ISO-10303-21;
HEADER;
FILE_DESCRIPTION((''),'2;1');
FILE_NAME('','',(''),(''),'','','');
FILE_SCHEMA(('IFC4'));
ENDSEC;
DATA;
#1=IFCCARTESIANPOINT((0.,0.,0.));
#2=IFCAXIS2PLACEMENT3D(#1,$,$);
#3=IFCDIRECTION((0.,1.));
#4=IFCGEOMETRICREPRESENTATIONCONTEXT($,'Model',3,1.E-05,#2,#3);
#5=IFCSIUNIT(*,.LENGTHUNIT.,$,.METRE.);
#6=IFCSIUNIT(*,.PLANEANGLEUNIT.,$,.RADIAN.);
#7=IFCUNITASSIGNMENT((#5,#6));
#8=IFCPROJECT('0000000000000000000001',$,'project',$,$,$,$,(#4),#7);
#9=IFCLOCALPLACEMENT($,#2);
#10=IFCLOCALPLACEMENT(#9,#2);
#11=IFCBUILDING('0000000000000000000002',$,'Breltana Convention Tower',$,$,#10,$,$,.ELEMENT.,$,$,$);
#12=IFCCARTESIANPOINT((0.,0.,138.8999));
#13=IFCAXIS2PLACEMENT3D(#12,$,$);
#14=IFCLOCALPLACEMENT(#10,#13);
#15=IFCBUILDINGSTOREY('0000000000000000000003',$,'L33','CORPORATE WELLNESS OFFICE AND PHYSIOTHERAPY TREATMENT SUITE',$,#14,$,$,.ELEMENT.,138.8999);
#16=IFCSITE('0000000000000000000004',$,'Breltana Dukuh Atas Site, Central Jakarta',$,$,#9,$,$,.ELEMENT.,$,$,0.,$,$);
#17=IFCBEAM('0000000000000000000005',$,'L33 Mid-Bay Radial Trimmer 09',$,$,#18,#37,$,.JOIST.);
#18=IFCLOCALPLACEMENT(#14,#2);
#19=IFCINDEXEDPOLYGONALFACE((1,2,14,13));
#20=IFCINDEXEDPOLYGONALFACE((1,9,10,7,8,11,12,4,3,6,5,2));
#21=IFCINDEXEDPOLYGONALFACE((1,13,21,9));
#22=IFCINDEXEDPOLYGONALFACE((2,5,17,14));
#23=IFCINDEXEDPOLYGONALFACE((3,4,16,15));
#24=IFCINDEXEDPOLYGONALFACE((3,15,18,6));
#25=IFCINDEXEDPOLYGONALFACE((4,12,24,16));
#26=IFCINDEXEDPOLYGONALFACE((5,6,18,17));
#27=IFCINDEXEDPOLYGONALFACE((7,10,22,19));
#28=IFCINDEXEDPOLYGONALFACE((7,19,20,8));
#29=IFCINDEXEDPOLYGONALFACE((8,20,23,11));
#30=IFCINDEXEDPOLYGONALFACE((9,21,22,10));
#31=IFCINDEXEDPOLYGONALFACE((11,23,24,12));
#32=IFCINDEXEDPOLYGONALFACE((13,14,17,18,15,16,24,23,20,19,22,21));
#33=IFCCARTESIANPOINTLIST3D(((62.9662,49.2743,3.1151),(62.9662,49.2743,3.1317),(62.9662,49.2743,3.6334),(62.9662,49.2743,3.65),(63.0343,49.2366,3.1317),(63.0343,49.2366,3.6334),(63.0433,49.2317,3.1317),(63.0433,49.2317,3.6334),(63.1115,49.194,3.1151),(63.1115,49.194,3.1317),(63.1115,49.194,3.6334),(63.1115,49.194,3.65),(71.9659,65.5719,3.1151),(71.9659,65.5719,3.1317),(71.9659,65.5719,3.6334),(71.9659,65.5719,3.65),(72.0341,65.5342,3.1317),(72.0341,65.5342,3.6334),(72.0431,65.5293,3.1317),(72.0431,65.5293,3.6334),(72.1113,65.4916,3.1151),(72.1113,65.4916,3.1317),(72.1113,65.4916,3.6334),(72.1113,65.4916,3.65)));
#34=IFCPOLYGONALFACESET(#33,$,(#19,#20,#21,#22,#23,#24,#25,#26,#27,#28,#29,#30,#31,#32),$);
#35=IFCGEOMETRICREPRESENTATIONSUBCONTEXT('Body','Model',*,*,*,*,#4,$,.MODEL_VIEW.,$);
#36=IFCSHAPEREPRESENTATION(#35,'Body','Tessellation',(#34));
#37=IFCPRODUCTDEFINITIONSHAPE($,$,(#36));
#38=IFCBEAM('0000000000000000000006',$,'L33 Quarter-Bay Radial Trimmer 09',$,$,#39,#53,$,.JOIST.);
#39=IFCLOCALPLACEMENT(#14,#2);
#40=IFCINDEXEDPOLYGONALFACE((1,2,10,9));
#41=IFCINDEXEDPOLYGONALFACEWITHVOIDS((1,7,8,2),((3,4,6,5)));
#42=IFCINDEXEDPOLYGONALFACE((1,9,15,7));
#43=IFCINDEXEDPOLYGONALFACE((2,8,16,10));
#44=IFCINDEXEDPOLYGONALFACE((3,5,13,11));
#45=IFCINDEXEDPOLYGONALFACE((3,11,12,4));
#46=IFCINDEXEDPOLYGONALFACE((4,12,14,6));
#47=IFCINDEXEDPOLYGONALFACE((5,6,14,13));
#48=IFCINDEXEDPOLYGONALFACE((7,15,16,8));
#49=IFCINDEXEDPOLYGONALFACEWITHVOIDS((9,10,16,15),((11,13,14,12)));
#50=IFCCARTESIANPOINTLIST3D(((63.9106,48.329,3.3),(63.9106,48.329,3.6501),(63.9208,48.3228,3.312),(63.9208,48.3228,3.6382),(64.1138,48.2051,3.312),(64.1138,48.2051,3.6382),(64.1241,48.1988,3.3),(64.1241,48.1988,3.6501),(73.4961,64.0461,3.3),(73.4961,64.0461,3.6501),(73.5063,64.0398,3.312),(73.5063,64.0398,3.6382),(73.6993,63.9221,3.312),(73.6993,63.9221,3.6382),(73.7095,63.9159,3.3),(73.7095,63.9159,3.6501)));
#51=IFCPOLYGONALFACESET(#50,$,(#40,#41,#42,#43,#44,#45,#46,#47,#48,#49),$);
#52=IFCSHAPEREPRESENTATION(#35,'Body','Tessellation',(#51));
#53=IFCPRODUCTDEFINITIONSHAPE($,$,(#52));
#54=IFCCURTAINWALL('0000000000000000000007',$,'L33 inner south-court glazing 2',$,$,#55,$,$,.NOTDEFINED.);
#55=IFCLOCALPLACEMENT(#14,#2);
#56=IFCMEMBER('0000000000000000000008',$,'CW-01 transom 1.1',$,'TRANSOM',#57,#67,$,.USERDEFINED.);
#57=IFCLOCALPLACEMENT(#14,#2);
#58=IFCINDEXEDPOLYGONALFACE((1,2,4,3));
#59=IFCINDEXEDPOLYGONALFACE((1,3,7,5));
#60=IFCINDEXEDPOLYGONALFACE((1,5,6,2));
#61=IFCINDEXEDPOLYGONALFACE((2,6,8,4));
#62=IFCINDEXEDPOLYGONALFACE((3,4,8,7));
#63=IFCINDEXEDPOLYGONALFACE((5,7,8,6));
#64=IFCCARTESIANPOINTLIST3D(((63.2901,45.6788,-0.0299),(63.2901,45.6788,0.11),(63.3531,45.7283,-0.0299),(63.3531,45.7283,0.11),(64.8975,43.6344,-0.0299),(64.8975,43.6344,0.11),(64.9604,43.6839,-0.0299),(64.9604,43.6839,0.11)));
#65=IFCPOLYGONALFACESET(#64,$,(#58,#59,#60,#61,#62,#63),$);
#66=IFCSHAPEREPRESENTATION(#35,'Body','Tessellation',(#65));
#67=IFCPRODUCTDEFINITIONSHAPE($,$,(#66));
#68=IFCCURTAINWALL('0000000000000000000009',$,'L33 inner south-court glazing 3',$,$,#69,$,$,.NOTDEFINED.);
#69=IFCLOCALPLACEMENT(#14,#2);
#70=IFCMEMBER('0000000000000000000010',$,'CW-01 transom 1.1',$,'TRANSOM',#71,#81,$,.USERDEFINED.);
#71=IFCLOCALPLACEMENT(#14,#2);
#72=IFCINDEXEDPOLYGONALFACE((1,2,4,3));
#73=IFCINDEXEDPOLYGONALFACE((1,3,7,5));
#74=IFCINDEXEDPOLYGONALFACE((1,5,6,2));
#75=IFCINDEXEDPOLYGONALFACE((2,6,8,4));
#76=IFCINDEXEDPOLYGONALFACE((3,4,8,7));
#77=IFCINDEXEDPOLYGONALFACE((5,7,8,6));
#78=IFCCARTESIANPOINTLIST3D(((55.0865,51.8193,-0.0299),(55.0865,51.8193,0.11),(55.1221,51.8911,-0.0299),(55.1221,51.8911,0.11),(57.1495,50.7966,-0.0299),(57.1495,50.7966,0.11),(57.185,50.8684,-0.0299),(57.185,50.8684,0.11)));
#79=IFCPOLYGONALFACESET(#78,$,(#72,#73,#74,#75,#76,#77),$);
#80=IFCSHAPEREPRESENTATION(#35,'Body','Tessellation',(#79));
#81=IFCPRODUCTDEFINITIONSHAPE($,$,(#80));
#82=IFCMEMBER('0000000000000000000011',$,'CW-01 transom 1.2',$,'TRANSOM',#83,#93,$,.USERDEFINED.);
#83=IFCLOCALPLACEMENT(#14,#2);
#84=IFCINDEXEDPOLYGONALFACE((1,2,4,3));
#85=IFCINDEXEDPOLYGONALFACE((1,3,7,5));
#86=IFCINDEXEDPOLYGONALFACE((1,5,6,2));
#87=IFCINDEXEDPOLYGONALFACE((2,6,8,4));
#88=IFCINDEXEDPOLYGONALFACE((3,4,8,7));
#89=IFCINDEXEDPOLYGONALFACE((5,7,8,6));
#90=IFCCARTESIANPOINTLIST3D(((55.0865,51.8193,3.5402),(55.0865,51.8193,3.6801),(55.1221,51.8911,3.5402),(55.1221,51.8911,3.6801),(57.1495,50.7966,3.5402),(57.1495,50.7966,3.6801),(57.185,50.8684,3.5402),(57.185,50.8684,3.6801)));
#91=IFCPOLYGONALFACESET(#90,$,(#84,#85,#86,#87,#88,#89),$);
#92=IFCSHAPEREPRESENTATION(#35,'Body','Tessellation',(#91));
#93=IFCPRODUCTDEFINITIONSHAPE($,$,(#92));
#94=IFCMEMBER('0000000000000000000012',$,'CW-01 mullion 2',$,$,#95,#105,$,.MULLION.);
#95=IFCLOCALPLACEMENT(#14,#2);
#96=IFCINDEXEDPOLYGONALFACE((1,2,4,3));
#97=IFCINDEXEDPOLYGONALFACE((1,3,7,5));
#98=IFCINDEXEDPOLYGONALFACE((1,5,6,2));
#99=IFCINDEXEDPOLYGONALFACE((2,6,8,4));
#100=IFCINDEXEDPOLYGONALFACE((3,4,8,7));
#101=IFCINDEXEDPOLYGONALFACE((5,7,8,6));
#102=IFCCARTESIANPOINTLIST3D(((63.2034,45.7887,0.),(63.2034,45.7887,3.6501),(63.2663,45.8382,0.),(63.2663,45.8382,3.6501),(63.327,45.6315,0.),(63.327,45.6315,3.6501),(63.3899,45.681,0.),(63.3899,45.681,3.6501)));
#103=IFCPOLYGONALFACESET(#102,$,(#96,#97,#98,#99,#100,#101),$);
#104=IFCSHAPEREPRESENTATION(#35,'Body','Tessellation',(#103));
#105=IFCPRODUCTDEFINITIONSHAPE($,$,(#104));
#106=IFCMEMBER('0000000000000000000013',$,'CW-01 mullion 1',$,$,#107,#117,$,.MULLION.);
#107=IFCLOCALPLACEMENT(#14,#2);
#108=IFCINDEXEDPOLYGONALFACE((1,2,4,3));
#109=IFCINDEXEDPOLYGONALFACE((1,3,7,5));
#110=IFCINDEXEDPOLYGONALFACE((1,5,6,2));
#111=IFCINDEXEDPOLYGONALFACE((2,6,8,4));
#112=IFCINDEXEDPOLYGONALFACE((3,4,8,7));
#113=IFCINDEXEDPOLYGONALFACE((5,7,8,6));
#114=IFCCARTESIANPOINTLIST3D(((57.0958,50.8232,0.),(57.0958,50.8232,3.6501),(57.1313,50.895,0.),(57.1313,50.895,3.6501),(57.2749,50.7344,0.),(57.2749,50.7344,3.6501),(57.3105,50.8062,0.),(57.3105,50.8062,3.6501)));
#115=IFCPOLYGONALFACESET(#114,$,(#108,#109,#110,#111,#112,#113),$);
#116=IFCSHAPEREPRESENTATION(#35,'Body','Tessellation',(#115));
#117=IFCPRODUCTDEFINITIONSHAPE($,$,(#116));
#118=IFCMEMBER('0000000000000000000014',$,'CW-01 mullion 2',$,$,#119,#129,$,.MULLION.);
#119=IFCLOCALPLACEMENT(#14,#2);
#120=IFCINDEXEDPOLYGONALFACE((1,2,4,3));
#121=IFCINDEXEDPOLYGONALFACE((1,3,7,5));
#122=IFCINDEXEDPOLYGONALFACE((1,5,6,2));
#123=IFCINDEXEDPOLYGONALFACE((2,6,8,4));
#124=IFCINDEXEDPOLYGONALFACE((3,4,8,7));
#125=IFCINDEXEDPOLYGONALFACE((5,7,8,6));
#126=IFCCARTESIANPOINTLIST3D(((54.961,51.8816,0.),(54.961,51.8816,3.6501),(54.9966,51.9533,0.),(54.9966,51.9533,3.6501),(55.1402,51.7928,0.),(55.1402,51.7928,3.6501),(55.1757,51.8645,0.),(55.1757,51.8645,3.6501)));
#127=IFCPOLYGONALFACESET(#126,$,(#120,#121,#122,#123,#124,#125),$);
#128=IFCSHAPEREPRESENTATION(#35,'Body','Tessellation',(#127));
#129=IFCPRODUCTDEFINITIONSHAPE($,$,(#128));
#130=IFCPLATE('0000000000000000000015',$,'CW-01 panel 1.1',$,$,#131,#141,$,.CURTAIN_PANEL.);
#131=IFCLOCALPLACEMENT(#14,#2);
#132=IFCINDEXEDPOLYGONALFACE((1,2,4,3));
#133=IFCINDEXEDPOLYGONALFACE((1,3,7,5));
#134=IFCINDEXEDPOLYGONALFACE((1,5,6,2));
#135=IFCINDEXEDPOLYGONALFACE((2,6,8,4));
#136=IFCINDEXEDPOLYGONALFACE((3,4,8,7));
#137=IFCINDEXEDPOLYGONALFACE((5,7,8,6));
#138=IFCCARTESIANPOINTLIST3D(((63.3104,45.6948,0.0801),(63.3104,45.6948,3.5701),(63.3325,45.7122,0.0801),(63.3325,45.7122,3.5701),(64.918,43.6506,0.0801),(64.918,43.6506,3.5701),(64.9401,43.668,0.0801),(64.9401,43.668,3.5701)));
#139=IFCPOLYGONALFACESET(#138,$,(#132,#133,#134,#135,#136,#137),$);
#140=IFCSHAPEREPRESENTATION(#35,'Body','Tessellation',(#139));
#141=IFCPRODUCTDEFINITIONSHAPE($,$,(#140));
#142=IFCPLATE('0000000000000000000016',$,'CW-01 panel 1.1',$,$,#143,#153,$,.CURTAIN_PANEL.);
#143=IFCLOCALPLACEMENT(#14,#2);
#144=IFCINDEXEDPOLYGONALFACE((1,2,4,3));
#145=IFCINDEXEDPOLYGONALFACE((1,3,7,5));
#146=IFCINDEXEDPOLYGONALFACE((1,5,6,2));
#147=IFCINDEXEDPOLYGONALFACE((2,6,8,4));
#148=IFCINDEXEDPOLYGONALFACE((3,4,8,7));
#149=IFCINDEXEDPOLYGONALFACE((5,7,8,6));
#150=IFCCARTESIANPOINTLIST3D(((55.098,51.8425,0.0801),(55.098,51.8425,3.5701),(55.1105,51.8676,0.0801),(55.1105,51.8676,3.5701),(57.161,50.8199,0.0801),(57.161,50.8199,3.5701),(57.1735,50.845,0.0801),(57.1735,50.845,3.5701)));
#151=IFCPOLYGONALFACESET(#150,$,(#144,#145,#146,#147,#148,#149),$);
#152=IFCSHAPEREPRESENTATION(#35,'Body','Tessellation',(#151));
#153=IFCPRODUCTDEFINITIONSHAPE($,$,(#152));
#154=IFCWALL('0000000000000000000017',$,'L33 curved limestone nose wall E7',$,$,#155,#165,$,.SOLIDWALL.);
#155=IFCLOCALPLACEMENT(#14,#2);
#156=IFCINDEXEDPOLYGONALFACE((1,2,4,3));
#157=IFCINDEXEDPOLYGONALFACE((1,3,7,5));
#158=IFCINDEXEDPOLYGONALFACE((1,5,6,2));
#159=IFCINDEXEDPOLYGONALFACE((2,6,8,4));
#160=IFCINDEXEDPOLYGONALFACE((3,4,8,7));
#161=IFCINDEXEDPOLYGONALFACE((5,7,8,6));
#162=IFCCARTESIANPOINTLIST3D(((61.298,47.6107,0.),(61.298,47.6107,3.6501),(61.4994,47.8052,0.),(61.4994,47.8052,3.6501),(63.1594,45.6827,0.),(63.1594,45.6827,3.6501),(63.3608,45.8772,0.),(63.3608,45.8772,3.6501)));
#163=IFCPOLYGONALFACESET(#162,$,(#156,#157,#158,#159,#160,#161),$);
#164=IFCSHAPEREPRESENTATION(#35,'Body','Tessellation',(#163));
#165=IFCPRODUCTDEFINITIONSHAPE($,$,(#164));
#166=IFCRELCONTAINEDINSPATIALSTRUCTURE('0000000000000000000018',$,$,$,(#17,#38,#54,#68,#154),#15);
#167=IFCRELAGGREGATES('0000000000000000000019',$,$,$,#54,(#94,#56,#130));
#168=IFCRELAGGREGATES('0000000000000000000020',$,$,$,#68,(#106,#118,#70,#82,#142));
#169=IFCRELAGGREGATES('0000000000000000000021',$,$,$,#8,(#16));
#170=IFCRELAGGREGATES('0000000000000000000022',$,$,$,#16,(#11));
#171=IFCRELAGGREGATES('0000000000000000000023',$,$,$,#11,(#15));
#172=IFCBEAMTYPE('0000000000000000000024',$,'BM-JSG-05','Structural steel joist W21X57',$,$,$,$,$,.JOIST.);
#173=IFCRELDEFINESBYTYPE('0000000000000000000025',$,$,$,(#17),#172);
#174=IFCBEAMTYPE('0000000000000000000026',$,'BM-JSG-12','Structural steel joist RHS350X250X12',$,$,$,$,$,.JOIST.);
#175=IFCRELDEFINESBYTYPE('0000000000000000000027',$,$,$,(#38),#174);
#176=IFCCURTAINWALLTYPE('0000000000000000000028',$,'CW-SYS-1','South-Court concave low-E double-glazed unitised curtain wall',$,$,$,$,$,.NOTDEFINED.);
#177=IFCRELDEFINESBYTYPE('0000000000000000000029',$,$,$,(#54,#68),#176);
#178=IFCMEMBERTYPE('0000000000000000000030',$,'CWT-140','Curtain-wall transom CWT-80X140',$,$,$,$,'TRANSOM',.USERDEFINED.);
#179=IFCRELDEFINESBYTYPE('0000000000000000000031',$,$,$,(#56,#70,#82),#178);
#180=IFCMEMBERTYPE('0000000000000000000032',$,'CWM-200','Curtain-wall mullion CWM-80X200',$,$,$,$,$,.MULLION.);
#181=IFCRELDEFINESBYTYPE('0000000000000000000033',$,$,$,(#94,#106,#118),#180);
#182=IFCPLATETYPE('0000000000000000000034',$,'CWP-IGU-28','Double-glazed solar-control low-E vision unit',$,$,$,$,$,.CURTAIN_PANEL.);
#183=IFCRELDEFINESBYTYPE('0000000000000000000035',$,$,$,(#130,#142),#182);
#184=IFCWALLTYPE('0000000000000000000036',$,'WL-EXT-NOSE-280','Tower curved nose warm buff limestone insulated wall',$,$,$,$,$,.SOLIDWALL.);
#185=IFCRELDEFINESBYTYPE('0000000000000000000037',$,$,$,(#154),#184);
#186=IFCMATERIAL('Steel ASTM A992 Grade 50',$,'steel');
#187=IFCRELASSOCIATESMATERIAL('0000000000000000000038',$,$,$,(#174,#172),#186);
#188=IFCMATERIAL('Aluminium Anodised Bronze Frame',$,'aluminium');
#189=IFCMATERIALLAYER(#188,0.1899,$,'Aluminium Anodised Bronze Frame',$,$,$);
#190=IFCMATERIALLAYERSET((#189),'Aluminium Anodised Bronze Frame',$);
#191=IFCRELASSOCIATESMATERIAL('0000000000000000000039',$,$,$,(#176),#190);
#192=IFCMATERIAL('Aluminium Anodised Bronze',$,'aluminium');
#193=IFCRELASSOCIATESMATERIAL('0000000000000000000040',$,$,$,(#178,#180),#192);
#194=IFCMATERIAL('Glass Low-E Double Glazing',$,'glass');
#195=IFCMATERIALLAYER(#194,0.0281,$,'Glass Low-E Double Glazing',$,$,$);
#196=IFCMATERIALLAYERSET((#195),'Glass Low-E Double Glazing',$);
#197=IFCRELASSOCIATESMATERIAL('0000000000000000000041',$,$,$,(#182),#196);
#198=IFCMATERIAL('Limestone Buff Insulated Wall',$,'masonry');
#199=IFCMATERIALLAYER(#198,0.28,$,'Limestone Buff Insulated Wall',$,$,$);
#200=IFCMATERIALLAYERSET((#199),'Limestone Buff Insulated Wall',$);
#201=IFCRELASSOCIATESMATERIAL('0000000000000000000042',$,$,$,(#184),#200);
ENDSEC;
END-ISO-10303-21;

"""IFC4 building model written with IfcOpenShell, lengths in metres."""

from ifc_helpers import new_model, si_unit, direction, frame, frame_2d, origin, origin_2d, place, context, subcontext, project, spatial, rectangle, hollow_rectangle, i_section, extrude, source, transform, mapped, material, layer, layer_set, material_profile, profile_set, type_object, element, aggregate, save


model = new_model("IFC4")

# Units and contexts
model_context = context("Model", 3, precision=1e-05, world=origin(), true_north=direction((0.0, 1.0)))
body_context = subcontext(model_context, "Body", "Model", "MODEL_VIEW")
ifc_project = project(units=[si_unit("LENGTHUNIT", "METRE"), si_unit("PLANEANGLEUNIT", "RADIAN")], contexts=[model_context])

# Site, building, storey
site_placement = place(None, origin())
site = spatial("IfcSite", under=ifc_project, at=site_placement, Name="Breltana Dukuh Atas Site, Central Jakarta", CompositionType="ELEMENT", RefElevation=0.0)
building_placement = place(site_placement, origin())
building = spatial("IfcBuilding", under=site, at=building_placement, Name="Breltana Convention Tower", CompositionType="ELEMENT")
storey_placement = place(building_placement, frame((0.0, 0.0, 138.8999)))
storey = spatial("IfcBuildingStorey", under=building, at=storey_placement, Name="L33", Description="CORPORATE WELLNESS OFFICE AND PHYSIOTHERAPY TREATMENT SUITE", CompositionType="ELEMENT", Elevation=138.8999)

# Beams
ifc_material_1 = material(Name="Steel ASTM A992 Grade 50", Category="steel")
ifc_material_profile_1 = material_profile(ifc_material_1, hollow_rectangle(XDim=0.25, YDim=0.3501, WallThickness=0.012, at=origin_2d()), Name="RHS350X250X12")
ifc_profile_set_1 = profile_set([ifc_material_profile_1], Name="Steel ASTM A992 Grade 50")
beam_type_1 = type_object("IfcBeamType", Name="BM-JSG-12", Description="Structural steel joist RHS350X250X12", PredefinedType="JOIST", material=ifc_profile_set_1)
ifc_material_profile_2 = material_profile(ifc_material_1, i_section(OverallWidth=0.166, OverallDepth=0.5349, WebThickness=0.0103, FlangeThickness=0.0166, at=origin_2d()), Name="W21X57")
ifc_profile_set_2 = profile_set([ifc_material_profile_2], Name="Steel ASTM A992 Grade 50")
beam_type_2 = type_object("IfcBeamType", Name="BM-JSG-05", Description="Structural steel joist W21X57", PredefinedType="JOIST", material=ifc_profile_set_2)
shared_shape_1 = source(origin(), body_context, "Body", "SweptSolid", [
    extrude(i_section(OverallWidth=0.166, OverallDepth=0.5349, WebThickness=0.0103, FlangeThickness=0.0166, at=origin_2d()), origin(), (0.0, 0.0, 1.0), 18.6174),
])
beam_1_placement = place(storey_placement, frame((63.0388, 49.2341, 3.3826), z_axis=(0.483406, 0.875396, 0.0), x_axis=(-0.875396, 0.483406, 0.0)))
element("IfcBeam", 1, at=beam_1_placement, inside=storey, type_object=beam_type_2, Name="L33 Mid-Bay Radial Trimmer 09", PredefinedType="JOIST", context=body_context, shape_type="MappedRepresentation", body=[
    mapped(shared_shape_1, transform((0.0, 0.0, 0.0), scale=1.0)),
])
shared_shape_2 = source(origin(), body_context, "Body", "SweptSolid", [
    extrude(hollow_rectangle(XDim=0.25, YDim=0.3501, WallThickness=0.012, at=origin_2d()), origin(), (0.0, 0.0, 1.0), 18.4094),
])
beam_2_placement = place(storey_placement, frame((64.0173, 48.2639, 3.4751), z_axis=(0.520682, 0.853751, 0.0), x_axis=(-0.853751, 0.520682, 0.0)))
element("IfcBeam", 2, at=beam_2_placement, inside=storey, type_object=beam_type_1, Name="L33 Quarter-Bay Radial Trimmer 09", PredefinedType="JOIST", context=body_context, shape_type="MappedRepresentation", body=[
    mapped(shared_shape_2, transform((0.0, 0.0, 0.0), scale=1.0)),
])

# Curtain wall, member
ifc_material_2 = material(Name="Aluminium Anodised Bronze Frame", Category="aluminium")
ifc_layer_1 = layer(ifc_material_2, 0.1899, Name="Aluminium Anodised Bronze Frame")
ifc_layer_set_1 = layer_set([ifc_layer_1], Name="Aluminium Anodised Bronze Frame")
curtain_wall_type = type_object("IfcCurtainWallType", Name="CW-SYS-1", Description="South-Court concave low-E double-glazed unitised curtain wall", PredefinedType="NOTDEFINED", material=ifc_layer_set_1)
curtain_wall_1_placement = place(storey_placement, origin())
curtain_wall_1 = element("IfcCurtainWall", 3, at=curtain_wall_1_placement, inside=storey, type_object=curtain_wall_type, Name="L33 inner south-court glazing 2", PredefinedType="NOTDEFINED")
ifc_material_3 = material(Name="Aluminium Anodised Bronze", Category="aluminium")
ifc_material_profile_3 = material_profile(ifc_material_3, rectangle(XDim=0.0801, YDim=0.1399, at=origin_2d()), Name="CWT-80X140")
ifc_profile_set_3 = profile_set([ifc_material_profile_3], Name="Aluminium Anodised Bronze")
member_type_1 = type_object("IfcMemberType", Name="CWT-140", Description="Curtain-wall transom CWT-80X140", ElementType="TRANSOM", PredefinedType="USERDEFINED", material=ifc_profile_set_3)
shared_shape_3 = source(origin(), body_context, "Body", "SweptSolid", [
    extrude(rectangle(XDim=0.0801, YDim=0.1399, at=origin_2d()), origin(), (0.0, 0.0, 1.0), 2.6006),
])
member_1_placement = place(storey_placement, frame((64.929, 43.6592, 0.04), z_axis=(-0.618079, 0.786116, 0.0), x_axis=(-0.786116, -0.618079, 0.0)))
member_1 = element("IfcMember", 4, at=member_1_placement, type_object=member_type_1, Name="CW-01 transom 1.1", ObjectType="TRANSOM", PredefinedType="USERDEFINED", context=body_context, shape_type="MappedRepresentation", body=[
    mapped(shared_shape_3, transform((0.0, 0.0, 0.0), scale=1.0)),
])

# Curtain wall, members
curtain_wall_2_placement = place(storey_placement, origin())
curtain_wall_2 = element("IfcCurtainWall", 5, at=curtain_wall_2_placement, inside=storey, type_object=curtain_wall_type, Name="L33 inner south-court glazing 3", PredefinedType="NOTDEFINED")
shared_shape_4 = source(origin(), body_context, "Body", "SweptSolid", [
    extrude(rectangle(XDim=0.0801, YDim=0.1399, at=origin_2d()), origin(), (0.0, 0.0, 1.0), 2.3025),
])
member_2_placement = place(storey_placement, frame((57.1672, 50.8325, 0.04), z_axis=(-0.895949, 0.444157, 0.0), x_axis=(-0.444157, -0.895949, 0.0)))
member_2 = element("IfcMember", 6, at=member_2_placement, type_object=member_type_1, Name="CW-01 transom 1.1", ObjectType="TRANSOM", PredefinedType="USERDEFINED", context=body_context, shape_type="MappedRepresentation", body=[
    mapped(shared_shape_4, transform((0.0, 0.0, 0.0), scale=1.0)),
])
member_3_placement = place(storey_placement, frame((57.1672, 50.8325, 3.6101), z_axis=(-0.895949, 0.444157, 0.0), x_axis=(-0.444157, -0.895949, 0.0)))
member_3 = element("IfcMember", 7, at=member_3_placement, type_object=member_type_1, Name="CW-01 transom 1.2", ObjectType="TRANSOM", PredefinedType="USERDEFINED", context=body_context, shape_type="MappedRepresentation", body=[
    mapped(shared_shape_4, transform((0.0, 0.0, 0.0), scale=1.0)),
])

# Members
ifc_material_profile_4 = material_profile(ifc_material_3, rectangle(XDim=0.0801, YDim=0.2, at=origin_2d()), Name="CWM-80X200")
ifc_profile_set_4 = profile_set([ifc_material_profile_4], Name="Aluminium Anodised Bronze")
member_type_2 = type_object("IfcMemberType", Name="CWM-200", Description="Curtain-wall mullion CWM-80X200", PredefinedType="MULLION", material=ifc_profile_set_4)
shared_shape_5 = source(origin(), body_context, "Body", "SweptSolid", [
    extrude(rectangle(XDim=0.0801, YDim=0.2, at=origin_2d()), origin(), (0.0, 0.0, 1.0), 3.6501),
])
member_4_placement = place(storey_placement, frame((63.2966, 45.7349, 0.0), z_axis=(0.0, 0.0, 1.0), x_axis=(-0.786054, -0.618157, 0.0)))
member_4 = element("IfcMember", 8, at=member_4_placement, type_object=member_type_2, Name="CW-01 mullion 2", PredefinedType="MULLION", context=body_context, shape_type="MappedRepresentation", body=[
    mapped(shared_shape_5, transform((0.0, 0.0, 0.0), scale=1.0)),
])
member_5_placement = place(storey_placement, frame((57.2031, 50.8147, 0.0), z_axis=(0.0, 0.0, 1.0), x_axis=(-0.444125, -0.895965, 0.0)))
member_5 = element("IfcMember", 9, at=member_5_placement, type_object=member_type_2, Name="CW-01 mullion 1", PredefinedType="MULLION", context=body_context, shape_type="MappedRepresentation", body=[
    mapped(shared_shape_5, transform((0.0, 0.0, 0.0), scale=1.0)),
])
member_6_placement = place(storey_placement, frame((55.0684, 51.873, 0.0), z_axis=(0.0, 0.0, 1.0), x_axis=(-0.444125, -0.895965, 0.0)))
member_6 = element("IfcMember", 10, at=member_6_placement, type_object=member_type_2, Name="CW-01 mullion 2", PredefinedType="MULLION", context=body_context, shape_type="MappedRepresentation", body=[
    mapped(shared_shape_5, transform((0.0, 0.0, 0.0), scale=1.0)),
])

# Plates
ifc_material_4 = material(Name="Glass Low-E Double Glazing", Category="glass")
ifc_layer_2 = layer(ifc_material_4, 0.0281, Name="Glass Low-E Double Glazing")
ifc_layer_set_2 = layer_set([ifc_layer_2], Name="Glass Low-E Double Glazing")
plate_type = type_object("IfcPlateType", Name="CWP-IGU-28", Description="Double-glazed solar-control low-E vision unit", PredefinedType="CURTAIN_PANEL", material=ifc_layer_set_2)
shared_shape_6 = source(origin(), body_context, "Body", "SweptSolid", [
    extrude(rectangle(XDim=2.6006, YDim=0.0281, at=origin_2d()), origin(), (0.0, 0.0, 1.0), 3.49),
])
plate_1_placement = place(storey_placement, frame((64.1252, 44.6814, 0.0801), z_axis=(0.0, 0.0, 1.0), x_axis=(-0.618157, 0.786054, 0.0)))
plate_1 = element("IfcPlate", 11, at=plate_1_placement, type_object=plate_type, Name="CW-01 panel 1.1", PredefinedType="CURTAIN_PANEL", context=body_context, shape_type="MappedRepresentation", body=[
    mapped(shared_shape_6, transform((0.0, 0.0, 0.0), scale=1.0)),
])
aggregate(curtain_wall_1, [member_4, member_1, plate_1])
shared_shape_7 = source(origin(), body_context, "Body", "SweptSolid", [
    extrude(rectangle(XDim=2.3025, YDim=0.0281, at=origin_2d()), origin(), (0.0, 0.0, 1.0), 3.49),
])
plate_2_placement = place(storey_placement, frame((56.1357, 51.3438, 0.0801), z_axis=(0.0, 0.0, 1.0), x_axis=(-0.895965, 0.444125, 0.0)))
plate_2 = element("IfcPlate", 12, at=plate_2_placement, type_object=plate_type, Name="CW-01 panel 1.1", PredefinedType="CURTAIN_PANEL", context=body_context, shape_type="MappedRepresentation", body=[
    mapped(shared_shape_7, transform((0.0, 0.0, 0.0), scale=1.0)),
])
aggregate(curtain_wall_2, [member_5, member_6, member_2, member_3, plate_2])

# Wall
ifc_material_5 = material(Name="Limestone Buff Insulated Wall", Category="masonry")
ifc_layer_3 = layer(ifc_material_5, 0.28, Name="Limestone Buff Insulated Wall")
ifc_layer_set_3 = layer_set([ifc_layer_3], Name="Limestone Buff Insulated Wall")
wall_type_1 = type_object("IfcWallType", Name="WL-EXT-NOSE-280", Description="Tower curved nose warm buff limestone insulated wall", PredefinedType="SOLIDWALL", material=ifc_layer_set_3)
shared_shape_8 = source(origin(), body_context, "Body", "SweptSolid", [
    extrude(rectangle(XDim=2.6799, YDim=0.28, at=frame_2d((1.3398, 0.0))), origin(), (0.0, 0.0, 1.0), 3.6501),
])
wall_1_placement = place(storey_placement, frame((63.26, 45.78, 0.0), z_axis=(0.0, 0.0, 1.0), x_axis=(-0.694562, 0.719433, 0.0)))
element("IfcWall", 13, at=wall_1_placement, inside=storey, type_object=wall_type_1, Name="L33 curved limestone nose wall E7", PredefinedType="SOLIDWALL", context=body_context, shape_type="MappedRepresentation", body=[
    mapped(shared_shape_8, transform((0.0, 0.0, 0.0), scale=1.0)),
])

save(model, "model.ifc")
